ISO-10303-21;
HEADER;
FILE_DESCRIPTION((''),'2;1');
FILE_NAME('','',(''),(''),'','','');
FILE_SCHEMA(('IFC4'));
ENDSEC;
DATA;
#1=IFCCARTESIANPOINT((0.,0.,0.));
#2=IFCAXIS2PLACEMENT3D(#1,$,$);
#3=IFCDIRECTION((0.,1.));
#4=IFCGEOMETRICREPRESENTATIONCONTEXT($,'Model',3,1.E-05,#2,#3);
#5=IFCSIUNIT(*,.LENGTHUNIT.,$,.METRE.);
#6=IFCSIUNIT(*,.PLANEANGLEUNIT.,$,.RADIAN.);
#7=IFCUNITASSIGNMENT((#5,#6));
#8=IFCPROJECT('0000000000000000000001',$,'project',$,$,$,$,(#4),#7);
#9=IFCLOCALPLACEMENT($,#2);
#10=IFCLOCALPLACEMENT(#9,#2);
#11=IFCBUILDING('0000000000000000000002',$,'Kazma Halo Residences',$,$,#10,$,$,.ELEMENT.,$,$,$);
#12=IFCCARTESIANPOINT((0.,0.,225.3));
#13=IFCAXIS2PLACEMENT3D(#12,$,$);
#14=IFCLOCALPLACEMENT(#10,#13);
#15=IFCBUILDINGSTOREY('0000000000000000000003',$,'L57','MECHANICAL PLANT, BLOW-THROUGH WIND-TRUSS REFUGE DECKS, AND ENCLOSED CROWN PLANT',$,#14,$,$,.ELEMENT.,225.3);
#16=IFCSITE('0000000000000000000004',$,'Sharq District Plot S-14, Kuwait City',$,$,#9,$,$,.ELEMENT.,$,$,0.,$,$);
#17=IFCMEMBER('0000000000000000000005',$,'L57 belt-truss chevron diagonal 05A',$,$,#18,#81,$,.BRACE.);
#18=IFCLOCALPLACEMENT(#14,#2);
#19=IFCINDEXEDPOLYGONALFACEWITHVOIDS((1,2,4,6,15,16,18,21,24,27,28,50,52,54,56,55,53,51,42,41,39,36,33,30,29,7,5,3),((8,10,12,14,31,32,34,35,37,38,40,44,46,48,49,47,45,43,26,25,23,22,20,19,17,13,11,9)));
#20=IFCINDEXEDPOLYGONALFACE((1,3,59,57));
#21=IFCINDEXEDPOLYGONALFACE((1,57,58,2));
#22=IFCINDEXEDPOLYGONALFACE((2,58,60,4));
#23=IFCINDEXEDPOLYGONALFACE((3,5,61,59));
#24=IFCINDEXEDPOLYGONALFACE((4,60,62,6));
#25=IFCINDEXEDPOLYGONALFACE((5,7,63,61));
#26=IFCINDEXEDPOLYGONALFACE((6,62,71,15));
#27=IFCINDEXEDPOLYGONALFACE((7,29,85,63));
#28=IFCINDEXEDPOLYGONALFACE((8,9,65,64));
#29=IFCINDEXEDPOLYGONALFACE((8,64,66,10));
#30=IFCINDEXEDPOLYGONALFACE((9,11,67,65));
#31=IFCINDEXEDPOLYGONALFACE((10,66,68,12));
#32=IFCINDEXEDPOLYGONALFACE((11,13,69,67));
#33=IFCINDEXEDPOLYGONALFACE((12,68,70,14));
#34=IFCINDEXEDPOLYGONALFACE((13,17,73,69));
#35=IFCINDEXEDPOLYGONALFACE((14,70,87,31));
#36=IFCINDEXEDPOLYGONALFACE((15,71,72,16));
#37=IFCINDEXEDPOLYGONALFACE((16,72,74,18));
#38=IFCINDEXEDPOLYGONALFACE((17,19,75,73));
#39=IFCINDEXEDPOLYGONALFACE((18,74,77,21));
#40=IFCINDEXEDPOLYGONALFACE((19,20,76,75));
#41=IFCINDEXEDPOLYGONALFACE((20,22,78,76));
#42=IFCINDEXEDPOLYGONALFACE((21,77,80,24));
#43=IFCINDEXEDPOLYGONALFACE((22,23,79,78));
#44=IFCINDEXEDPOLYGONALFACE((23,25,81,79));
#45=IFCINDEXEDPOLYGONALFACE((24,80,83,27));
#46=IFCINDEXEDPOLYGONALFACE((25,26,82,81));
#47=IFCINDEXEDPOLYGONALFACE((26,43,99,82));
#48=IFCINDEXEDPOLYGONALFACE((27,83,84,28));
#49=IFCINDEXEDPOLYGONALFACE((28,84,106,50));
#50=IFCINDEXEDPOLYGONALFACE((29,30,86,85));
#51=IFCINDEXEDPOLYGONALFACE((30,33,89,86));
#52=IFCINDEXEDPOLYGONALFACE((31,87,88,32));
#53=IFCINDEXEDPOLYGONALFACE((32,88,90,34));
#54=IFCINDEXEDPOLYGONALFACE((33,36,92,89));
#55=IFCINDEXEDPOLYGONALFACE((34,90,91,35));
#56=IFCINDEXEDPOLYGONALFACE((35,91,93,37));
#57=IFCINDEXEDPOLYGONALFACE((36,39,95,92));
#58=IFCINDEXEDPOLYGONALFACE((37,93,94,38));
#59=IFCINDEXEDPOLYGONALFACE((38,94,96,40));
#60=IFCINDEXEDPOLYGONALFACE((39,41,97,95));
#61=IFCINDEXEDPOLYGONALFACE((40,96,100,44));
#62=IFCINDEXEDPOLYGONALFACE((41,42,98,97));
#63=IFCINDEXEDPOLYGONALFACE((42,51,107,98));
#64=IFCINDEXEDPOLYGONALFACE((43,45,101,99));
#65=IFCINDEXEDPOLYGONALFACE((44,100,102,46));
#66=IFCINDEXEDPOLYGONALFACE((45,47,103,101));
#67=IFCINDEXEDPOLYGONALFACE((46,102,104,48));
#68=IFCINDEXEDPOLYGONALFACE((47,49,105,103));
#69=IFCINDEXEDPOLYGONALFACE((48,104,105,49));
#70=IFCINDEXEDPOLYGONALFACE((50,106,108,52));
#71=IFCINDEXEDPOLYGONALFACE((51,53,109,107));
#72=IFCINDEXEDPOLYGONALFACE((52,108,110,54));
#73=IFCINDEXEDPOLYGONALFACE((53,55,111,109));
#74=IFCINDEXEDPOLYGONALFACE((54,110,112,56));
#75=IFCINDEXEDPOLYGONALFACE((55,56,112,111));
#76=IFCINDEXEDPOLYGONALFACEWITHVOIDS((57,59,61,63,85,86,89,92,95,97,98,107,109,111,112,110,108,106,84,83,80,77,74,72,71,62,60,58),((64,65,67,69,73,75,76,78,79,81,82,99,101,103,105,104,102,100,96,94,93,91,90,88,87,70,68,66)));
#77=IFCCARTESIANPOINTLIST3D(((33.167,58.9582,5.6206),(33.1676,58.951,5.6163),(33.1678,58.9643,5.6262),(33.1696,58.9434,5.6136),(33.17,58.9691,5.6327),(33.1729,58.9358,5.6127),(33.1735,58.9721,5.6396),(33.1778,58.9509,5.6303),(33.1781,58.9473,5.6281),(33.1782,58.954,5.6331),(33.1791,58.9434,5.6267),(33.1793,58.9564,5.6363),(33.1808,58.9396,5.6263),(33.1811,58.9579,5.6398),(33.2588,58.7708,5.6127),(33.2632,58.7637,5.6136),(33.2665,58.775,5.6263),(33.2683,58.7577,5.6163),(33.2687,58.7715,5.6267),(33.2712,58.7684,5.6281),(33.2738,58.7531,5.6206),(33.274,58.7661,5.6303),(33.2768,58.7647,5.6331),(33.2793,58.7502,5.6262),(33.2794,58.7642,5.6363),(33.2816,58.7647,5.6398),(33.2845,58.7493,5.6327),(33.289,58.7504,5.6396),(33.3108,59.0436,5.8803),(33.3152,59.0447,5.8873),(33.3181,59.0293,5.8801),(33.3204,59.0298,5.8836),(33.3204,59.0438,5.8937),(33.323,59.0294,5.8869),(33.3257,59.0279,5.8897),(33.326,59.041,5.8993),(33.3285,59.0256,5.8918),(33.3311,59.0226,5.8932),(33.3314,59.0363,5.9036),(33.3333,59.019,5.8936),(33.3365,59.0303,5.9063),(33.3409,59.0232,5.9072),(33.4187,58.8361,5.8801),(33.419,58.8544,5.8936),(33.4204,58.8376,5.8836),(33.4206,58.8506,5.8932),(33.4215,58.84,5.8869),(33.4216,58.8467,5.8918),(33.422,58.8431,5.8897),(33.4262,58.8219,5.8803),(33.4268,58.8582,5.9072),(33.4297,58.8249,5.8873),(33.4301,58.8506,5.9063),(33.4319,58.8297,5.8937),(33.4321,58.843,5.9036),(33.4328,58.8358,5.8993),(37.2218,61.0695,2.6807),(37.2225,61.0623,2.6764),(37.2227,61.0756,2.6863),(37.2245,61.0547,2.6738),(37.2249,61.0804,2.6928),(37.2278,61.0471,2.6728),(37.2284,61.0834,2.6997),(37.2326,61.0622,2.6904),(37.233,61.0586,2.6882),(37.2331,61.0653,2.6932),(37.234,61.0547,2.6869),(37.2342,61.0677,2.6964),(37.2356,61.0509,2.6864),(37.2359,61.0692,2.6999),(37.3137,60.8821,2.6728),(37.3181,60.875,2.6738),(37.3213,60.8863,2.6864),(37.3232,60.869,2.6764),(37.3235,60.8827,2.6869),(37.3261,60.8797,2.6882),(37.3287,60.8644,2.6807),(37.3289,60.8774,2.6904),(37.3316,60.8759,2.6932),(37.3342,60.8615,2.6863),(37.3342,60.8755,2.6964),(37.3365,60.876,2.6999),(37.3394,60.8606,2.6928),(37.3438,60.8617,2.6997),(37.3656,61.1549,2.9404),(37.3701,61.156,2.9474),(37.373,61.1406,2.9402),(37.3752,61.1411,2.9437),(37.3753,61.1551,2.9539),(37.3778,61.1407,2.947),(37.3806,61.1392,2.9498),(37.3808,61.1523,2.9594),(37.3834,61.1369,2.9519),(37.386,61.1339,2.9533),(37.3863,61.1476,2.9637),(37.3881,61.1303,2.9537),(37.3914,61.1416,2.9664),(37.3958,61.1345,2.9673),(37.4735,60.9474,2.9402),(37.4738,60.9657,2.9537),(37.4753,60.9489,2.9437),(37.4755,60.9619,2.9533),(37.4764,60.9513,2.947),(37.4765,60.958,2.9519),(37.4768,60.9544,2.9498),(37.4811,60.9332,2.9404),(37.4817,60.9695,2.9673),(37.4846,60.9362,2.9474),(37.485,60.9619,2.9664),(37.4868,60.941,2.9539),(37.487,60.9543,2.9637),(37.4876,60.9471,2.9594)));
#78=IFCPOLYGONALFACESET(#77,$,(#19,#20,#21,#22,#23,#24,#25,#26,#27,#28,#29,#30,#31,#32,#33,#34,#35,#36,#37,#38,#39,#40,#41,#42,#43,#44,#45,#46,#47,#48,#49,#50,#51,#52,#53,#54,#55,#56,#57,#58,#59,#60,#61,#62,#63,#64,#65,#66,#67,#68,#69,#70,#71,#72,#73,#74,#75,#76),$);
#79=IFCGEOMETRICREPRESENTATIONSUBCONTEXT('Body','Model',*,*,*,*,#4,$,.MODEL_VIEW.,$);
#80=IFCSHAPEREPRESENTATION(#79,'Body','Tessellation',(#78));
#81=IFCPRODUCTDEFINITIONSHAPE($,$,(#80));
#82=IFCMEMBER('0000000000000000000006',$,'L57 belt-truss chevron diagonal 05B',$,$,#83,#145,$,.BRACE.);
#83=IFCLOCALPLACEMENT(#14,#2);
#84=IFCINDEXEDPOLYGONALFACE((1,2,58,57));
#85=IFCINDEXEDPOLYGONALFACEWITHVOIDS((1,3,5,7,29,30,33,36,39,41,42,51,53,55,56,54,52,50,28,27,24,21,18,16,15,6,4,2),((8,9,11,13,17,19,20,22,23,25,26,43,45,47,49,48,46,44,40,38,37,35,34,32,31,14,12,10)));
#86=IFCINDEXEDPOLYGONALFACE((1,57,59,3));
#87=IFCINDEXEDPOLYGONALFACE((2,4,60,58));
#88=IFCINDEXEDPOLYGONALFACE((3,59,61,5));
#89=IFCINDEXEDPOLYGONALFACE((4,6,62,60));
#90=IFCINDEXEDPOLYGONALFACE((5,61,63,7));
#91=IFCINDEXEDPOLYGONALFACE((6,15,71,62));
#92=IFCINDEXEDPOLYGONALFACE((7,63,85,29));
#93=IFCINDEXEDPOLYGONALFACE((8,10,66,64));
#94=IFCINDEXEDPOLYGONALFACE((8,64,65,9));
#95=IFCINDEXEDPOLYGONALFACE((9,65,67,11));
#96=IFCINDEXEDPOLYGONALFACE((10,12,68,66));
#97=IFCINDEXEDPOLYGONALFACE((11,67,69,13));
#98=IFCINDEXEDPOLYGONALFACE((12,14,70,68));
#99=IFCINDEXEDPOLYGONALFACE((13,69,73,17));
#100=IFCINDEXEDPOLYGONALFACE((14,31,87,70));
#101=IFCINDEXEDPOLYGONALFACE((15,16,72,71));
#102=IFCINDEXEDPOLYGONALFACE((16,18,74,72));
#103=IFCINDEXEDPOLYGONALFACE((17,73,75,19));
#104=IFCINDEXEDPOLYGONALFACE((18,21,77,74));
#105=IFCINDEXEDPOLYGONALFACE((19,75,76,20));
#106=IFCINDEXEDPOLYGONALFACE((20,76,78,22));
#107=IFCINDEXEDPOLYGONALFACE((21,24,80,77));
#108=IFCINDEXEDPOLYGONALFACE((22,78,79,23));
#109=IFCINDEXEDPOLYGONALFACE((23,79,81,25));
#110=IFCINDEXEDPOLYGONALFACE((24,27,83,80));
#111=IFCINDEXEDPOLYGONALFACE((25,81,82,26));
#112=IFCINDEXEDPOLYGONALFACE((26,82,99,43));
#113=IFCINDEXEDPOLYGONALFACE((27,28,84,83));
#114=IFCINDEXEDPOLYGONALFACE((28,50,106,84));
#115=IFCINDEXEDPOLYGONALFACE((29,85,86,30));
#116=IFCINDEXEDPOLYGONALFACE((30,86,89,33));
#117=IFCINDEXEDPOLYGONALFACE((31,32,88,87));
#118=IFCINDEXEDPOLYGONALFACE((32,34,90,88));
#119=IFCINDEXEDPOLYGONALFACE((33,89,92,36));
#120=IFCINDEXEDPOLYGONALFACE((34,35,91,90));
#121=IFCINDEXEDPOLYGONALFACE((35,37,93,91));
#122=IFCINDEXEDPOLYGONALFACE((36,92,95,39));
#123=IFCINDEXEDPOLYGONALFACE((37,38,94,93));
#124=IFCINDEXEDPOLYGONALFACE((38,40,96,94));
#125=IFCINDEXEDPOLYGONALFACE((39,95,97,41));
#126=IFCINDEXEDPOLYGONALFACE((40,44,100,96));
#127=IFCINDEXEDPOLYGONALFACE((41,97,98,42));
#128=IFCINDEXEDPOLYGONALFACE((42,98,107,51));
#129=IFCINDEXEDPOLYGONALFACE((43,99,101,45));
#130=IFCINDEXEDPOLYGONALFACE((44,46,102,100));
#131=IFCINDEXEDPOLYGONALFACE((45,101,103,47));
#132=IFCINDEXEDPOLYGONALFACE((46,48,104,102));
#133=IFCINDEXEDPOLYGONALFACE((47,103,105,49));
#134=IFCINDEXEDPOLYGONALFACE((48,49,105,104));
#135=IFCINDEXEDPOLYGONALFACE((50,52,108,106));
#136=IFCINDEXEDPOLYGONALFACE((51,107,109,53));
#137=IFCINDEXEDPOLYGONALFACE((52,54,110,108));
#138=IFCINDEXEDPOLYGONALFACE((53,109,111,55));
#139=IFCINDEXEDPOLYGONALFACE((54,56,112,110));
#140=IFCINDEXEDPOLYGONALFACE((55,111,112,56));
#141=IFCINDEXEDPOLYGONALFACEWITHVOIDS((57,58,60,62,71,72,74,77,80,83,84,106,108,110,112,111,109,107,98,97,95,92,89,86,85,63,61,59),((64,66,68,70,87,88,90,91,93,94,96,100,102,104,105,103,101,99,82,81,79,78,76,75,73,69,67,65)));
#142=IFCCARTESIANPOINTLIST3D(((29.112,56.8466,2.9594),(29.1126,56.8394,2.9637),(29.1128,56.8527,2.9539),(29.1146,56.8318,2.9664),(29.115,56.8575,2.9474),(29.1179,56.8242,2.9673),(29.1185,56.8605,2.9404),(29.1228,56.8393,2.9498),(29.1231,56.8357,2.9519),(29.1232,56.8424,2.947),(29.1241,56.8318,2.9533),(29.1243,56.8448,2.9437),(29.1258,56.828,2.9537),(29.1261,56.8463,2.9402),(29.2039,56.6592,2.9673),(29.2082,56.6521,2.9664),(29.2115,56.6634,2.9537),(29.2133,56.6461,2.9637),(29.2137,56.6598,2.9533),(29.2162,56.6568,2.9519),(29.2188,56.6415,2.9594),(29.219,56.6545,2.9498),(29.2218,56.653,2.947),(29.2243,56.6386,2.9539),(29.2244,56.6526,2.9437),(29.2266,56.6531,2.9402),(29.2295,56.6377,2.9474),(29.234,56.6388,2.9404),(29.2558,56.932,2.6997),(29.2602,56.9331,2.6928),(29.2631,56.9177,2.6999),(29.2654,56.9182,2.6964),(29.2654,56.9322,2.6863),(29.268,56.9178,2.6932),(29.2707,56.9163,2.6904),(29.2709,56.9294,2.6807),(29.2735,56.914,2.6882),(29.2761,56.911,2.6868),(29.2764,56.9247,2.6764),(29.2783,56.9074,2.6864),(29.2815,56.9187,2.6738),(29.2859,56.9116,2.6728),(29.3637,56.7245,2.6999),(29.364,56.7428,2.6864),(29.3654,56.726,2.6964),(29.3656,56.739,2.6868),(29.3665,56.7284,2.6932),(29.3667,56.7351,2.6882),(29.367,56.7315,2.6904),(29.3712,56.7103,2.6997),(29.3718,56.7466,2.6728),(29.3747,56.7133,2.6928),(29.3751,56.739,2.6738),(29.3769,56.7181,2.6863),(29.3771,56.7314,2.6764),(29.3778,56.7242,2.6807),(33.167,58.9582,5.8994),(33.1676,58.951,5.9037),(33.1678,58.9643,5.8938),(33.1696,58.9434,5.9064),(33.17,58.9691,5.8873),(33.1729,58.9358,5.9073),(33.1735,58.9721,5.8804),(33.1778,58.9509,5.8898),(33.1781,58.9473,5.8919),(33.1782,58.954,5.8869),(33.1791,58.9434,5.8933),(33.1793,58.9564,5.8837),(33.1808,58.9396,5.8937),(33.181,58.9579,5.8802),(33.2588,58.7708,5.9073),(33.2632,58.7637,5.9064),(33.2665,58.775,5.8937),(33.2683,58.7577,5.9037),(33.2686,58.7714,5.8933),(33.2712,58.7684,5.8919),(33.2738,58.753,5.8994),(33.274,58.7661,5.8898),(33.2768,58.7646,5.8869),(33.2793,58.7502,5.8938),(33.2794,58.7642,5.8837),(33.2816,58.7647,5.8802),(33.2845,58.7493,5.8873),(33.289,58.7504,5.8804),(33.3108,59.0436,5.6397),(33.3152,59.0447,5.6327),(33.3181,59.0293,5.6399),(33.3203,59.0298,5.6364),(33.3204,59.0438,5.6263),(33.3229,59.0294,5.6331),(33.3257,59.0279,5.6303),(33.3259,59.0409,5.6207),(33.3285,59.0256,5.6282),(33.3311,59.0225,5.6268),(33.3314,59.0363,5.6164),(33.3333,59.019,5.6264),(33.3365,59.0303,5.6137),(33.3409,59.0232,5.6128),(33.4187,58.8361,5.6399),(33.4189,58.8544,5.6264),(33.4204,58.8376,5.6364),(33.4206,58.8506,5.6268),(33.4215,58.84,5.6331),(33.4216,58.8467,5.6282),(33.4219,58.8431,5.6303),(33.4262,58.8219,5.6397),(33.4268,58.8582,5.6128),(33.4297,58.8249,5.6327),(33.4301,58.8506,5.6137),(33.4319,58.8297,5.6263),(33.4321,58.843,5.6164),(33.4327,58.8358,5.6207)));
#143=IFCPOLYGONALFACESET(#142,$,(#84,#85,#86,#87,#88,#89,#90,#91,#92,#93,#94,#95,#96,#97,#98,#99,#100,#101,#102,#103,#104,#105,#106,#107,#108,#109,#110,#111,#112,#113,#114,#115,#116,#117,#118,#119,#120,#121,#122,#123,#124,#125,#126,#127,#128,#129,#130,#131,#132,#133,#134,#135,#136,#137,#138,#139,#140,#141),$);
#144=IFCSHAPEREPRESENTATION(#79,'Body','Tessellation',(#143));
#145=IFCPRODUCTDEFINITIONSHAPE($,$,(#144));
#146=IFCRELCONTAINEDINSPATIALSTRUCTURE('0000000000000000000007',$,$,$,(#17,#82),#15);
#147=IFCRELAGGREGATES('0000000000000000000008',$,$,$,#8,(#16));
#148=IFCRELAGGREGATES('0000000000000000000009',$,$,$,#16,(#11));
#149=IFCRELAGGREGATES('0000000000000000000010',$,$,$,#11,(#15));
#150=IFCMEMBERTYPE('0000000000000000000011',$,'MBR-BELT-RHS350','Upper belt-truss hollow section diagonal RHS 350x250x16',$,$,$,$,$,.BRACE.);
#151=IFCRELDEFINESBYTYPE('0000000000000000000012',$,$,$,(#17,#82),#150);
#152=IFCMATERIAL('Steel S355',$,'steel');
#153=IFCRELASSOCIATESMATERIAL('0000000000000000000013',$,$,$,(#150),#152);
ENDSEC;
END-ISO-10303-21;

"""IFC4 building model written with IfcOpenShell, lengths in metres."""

from ifc_helpers import new_model, si_unit, direction, frame, origin, origin_2d, place, context, subcontext, project, spatial, hollow_rectangle, extrude, material, material_profile, profile_set, type_object, element, save


model = new_model("IFC4")

# Units and contexts
model_context = context("Model", 3, precision=1e-05, world=origin(), true_north=direction((0.0, 1.0)))
body_context = subcontext(model_context, "Body", "Model", "MODEL_VIEW")
ifc_project = project(units=[si_unit("LENGTHUNIT", "METRE"), si_unit("PLANEANGLEUNIT", "RADIAN")], contexts=[model_context])

# Site, building, storey
site_placement = place(None, origin())
site = spatial("IfcSite", under=ifc_project, at=site_placement, Name="Sharq District Plot S-14, Kuwait City", CompositionType="ELEMENT", RefElevation=0.0)
building_placement = place(site_placement, origin())
building = spatial("IfcBuilding", under=site, at=building_placement, Name="Kazma Halo Residences", CompositionType="ELEMENT")
storey_placement = place(building_placement, frame((0.0, 0.0, 225.3)))
storey = spatial("IfcBuildingStorey", under=building, at=storey_placement, Name="L57", Description="MECHANICAL PLANT, BLOW-THROUGH WIND-TRUSS REFUGE DECKS, AND ENCLOSED CROWN PLANT", CompositionType="ELEMENT", Elevation=225.3)

# Shared definitions
ifc_material_1 = material(Name="Steel S355", Category="steel")

# Members
ifc_material_profile_1 = material_profile(ifc_material_1, hollow_rectangle(XDim=0.25, YDim=0.3501, WallThickness=0.0161, InnerFilletRadius=0.0161, OuterFilletRadius=0.032, at=origin_2d()), Name="RHS350x250x16")
ifc_profile_set_1 = profile_set([ifc_material_profile_1], Name="Steel S355")
member_type_1 = type_object("IfcMemberType", Name="MBR-BELT-RHS350", Description="Upper belt-truss hollow section diagonal RHS 350x250x16", PredefinedType="BRACE", material=ifc_profile_set_1)
member_1_placement = place(storey_placement, frame((37.3547, 61.0083, 2.8201), z_axis=(-0.746024, -0.388441, 0.540889), x_axis=(0.461829, -0.886969, 0.0)))
element("IfcMember", 1, at=member_1_placement, inside=storey, type_object=member_type_1, Name="L57 belt-truss chevron diagonal 05A", PredefinedType="BRACE", context=body_context, shape_type="SweptSolid", body=[
    extrude(hollow_rectangle(XDim=0.25, YDim=0.3501, WallThickness=0.0161, InnerFilletRadius=0.0161, OuterFilletRadius=0.032, at=origin_2d()), origin(), (0.0, 0.0, 1.0), 5.4353),
])
member_2_placement = place(storey_placement, frame((29.2449, 56.7854, 2.8201), z_axis=(0.746011, 0.388479, 0.54088), x_axis=(-0.461871, 0.886947, 0.0)))
element("IfcMember", 2, at=member_2_placement, inside=storey, type_object=member_type_1, Name="L57 belt-truss chevron diagonal 05B", PredefinedType="BRACE", context=body_context, shape_type="SweptSolid", body=[
    extrude(hollow_rectangle(XDim=0.25, YDim=0.3501, WallThickness=0.0161, InnerFilletRadius=0.0161, OuterFilletRadius=0.032, at=origin_2d()), origin(), (0.0, 0.0, 1.0), 5.4355),
])

save(model, "model.ifc")
